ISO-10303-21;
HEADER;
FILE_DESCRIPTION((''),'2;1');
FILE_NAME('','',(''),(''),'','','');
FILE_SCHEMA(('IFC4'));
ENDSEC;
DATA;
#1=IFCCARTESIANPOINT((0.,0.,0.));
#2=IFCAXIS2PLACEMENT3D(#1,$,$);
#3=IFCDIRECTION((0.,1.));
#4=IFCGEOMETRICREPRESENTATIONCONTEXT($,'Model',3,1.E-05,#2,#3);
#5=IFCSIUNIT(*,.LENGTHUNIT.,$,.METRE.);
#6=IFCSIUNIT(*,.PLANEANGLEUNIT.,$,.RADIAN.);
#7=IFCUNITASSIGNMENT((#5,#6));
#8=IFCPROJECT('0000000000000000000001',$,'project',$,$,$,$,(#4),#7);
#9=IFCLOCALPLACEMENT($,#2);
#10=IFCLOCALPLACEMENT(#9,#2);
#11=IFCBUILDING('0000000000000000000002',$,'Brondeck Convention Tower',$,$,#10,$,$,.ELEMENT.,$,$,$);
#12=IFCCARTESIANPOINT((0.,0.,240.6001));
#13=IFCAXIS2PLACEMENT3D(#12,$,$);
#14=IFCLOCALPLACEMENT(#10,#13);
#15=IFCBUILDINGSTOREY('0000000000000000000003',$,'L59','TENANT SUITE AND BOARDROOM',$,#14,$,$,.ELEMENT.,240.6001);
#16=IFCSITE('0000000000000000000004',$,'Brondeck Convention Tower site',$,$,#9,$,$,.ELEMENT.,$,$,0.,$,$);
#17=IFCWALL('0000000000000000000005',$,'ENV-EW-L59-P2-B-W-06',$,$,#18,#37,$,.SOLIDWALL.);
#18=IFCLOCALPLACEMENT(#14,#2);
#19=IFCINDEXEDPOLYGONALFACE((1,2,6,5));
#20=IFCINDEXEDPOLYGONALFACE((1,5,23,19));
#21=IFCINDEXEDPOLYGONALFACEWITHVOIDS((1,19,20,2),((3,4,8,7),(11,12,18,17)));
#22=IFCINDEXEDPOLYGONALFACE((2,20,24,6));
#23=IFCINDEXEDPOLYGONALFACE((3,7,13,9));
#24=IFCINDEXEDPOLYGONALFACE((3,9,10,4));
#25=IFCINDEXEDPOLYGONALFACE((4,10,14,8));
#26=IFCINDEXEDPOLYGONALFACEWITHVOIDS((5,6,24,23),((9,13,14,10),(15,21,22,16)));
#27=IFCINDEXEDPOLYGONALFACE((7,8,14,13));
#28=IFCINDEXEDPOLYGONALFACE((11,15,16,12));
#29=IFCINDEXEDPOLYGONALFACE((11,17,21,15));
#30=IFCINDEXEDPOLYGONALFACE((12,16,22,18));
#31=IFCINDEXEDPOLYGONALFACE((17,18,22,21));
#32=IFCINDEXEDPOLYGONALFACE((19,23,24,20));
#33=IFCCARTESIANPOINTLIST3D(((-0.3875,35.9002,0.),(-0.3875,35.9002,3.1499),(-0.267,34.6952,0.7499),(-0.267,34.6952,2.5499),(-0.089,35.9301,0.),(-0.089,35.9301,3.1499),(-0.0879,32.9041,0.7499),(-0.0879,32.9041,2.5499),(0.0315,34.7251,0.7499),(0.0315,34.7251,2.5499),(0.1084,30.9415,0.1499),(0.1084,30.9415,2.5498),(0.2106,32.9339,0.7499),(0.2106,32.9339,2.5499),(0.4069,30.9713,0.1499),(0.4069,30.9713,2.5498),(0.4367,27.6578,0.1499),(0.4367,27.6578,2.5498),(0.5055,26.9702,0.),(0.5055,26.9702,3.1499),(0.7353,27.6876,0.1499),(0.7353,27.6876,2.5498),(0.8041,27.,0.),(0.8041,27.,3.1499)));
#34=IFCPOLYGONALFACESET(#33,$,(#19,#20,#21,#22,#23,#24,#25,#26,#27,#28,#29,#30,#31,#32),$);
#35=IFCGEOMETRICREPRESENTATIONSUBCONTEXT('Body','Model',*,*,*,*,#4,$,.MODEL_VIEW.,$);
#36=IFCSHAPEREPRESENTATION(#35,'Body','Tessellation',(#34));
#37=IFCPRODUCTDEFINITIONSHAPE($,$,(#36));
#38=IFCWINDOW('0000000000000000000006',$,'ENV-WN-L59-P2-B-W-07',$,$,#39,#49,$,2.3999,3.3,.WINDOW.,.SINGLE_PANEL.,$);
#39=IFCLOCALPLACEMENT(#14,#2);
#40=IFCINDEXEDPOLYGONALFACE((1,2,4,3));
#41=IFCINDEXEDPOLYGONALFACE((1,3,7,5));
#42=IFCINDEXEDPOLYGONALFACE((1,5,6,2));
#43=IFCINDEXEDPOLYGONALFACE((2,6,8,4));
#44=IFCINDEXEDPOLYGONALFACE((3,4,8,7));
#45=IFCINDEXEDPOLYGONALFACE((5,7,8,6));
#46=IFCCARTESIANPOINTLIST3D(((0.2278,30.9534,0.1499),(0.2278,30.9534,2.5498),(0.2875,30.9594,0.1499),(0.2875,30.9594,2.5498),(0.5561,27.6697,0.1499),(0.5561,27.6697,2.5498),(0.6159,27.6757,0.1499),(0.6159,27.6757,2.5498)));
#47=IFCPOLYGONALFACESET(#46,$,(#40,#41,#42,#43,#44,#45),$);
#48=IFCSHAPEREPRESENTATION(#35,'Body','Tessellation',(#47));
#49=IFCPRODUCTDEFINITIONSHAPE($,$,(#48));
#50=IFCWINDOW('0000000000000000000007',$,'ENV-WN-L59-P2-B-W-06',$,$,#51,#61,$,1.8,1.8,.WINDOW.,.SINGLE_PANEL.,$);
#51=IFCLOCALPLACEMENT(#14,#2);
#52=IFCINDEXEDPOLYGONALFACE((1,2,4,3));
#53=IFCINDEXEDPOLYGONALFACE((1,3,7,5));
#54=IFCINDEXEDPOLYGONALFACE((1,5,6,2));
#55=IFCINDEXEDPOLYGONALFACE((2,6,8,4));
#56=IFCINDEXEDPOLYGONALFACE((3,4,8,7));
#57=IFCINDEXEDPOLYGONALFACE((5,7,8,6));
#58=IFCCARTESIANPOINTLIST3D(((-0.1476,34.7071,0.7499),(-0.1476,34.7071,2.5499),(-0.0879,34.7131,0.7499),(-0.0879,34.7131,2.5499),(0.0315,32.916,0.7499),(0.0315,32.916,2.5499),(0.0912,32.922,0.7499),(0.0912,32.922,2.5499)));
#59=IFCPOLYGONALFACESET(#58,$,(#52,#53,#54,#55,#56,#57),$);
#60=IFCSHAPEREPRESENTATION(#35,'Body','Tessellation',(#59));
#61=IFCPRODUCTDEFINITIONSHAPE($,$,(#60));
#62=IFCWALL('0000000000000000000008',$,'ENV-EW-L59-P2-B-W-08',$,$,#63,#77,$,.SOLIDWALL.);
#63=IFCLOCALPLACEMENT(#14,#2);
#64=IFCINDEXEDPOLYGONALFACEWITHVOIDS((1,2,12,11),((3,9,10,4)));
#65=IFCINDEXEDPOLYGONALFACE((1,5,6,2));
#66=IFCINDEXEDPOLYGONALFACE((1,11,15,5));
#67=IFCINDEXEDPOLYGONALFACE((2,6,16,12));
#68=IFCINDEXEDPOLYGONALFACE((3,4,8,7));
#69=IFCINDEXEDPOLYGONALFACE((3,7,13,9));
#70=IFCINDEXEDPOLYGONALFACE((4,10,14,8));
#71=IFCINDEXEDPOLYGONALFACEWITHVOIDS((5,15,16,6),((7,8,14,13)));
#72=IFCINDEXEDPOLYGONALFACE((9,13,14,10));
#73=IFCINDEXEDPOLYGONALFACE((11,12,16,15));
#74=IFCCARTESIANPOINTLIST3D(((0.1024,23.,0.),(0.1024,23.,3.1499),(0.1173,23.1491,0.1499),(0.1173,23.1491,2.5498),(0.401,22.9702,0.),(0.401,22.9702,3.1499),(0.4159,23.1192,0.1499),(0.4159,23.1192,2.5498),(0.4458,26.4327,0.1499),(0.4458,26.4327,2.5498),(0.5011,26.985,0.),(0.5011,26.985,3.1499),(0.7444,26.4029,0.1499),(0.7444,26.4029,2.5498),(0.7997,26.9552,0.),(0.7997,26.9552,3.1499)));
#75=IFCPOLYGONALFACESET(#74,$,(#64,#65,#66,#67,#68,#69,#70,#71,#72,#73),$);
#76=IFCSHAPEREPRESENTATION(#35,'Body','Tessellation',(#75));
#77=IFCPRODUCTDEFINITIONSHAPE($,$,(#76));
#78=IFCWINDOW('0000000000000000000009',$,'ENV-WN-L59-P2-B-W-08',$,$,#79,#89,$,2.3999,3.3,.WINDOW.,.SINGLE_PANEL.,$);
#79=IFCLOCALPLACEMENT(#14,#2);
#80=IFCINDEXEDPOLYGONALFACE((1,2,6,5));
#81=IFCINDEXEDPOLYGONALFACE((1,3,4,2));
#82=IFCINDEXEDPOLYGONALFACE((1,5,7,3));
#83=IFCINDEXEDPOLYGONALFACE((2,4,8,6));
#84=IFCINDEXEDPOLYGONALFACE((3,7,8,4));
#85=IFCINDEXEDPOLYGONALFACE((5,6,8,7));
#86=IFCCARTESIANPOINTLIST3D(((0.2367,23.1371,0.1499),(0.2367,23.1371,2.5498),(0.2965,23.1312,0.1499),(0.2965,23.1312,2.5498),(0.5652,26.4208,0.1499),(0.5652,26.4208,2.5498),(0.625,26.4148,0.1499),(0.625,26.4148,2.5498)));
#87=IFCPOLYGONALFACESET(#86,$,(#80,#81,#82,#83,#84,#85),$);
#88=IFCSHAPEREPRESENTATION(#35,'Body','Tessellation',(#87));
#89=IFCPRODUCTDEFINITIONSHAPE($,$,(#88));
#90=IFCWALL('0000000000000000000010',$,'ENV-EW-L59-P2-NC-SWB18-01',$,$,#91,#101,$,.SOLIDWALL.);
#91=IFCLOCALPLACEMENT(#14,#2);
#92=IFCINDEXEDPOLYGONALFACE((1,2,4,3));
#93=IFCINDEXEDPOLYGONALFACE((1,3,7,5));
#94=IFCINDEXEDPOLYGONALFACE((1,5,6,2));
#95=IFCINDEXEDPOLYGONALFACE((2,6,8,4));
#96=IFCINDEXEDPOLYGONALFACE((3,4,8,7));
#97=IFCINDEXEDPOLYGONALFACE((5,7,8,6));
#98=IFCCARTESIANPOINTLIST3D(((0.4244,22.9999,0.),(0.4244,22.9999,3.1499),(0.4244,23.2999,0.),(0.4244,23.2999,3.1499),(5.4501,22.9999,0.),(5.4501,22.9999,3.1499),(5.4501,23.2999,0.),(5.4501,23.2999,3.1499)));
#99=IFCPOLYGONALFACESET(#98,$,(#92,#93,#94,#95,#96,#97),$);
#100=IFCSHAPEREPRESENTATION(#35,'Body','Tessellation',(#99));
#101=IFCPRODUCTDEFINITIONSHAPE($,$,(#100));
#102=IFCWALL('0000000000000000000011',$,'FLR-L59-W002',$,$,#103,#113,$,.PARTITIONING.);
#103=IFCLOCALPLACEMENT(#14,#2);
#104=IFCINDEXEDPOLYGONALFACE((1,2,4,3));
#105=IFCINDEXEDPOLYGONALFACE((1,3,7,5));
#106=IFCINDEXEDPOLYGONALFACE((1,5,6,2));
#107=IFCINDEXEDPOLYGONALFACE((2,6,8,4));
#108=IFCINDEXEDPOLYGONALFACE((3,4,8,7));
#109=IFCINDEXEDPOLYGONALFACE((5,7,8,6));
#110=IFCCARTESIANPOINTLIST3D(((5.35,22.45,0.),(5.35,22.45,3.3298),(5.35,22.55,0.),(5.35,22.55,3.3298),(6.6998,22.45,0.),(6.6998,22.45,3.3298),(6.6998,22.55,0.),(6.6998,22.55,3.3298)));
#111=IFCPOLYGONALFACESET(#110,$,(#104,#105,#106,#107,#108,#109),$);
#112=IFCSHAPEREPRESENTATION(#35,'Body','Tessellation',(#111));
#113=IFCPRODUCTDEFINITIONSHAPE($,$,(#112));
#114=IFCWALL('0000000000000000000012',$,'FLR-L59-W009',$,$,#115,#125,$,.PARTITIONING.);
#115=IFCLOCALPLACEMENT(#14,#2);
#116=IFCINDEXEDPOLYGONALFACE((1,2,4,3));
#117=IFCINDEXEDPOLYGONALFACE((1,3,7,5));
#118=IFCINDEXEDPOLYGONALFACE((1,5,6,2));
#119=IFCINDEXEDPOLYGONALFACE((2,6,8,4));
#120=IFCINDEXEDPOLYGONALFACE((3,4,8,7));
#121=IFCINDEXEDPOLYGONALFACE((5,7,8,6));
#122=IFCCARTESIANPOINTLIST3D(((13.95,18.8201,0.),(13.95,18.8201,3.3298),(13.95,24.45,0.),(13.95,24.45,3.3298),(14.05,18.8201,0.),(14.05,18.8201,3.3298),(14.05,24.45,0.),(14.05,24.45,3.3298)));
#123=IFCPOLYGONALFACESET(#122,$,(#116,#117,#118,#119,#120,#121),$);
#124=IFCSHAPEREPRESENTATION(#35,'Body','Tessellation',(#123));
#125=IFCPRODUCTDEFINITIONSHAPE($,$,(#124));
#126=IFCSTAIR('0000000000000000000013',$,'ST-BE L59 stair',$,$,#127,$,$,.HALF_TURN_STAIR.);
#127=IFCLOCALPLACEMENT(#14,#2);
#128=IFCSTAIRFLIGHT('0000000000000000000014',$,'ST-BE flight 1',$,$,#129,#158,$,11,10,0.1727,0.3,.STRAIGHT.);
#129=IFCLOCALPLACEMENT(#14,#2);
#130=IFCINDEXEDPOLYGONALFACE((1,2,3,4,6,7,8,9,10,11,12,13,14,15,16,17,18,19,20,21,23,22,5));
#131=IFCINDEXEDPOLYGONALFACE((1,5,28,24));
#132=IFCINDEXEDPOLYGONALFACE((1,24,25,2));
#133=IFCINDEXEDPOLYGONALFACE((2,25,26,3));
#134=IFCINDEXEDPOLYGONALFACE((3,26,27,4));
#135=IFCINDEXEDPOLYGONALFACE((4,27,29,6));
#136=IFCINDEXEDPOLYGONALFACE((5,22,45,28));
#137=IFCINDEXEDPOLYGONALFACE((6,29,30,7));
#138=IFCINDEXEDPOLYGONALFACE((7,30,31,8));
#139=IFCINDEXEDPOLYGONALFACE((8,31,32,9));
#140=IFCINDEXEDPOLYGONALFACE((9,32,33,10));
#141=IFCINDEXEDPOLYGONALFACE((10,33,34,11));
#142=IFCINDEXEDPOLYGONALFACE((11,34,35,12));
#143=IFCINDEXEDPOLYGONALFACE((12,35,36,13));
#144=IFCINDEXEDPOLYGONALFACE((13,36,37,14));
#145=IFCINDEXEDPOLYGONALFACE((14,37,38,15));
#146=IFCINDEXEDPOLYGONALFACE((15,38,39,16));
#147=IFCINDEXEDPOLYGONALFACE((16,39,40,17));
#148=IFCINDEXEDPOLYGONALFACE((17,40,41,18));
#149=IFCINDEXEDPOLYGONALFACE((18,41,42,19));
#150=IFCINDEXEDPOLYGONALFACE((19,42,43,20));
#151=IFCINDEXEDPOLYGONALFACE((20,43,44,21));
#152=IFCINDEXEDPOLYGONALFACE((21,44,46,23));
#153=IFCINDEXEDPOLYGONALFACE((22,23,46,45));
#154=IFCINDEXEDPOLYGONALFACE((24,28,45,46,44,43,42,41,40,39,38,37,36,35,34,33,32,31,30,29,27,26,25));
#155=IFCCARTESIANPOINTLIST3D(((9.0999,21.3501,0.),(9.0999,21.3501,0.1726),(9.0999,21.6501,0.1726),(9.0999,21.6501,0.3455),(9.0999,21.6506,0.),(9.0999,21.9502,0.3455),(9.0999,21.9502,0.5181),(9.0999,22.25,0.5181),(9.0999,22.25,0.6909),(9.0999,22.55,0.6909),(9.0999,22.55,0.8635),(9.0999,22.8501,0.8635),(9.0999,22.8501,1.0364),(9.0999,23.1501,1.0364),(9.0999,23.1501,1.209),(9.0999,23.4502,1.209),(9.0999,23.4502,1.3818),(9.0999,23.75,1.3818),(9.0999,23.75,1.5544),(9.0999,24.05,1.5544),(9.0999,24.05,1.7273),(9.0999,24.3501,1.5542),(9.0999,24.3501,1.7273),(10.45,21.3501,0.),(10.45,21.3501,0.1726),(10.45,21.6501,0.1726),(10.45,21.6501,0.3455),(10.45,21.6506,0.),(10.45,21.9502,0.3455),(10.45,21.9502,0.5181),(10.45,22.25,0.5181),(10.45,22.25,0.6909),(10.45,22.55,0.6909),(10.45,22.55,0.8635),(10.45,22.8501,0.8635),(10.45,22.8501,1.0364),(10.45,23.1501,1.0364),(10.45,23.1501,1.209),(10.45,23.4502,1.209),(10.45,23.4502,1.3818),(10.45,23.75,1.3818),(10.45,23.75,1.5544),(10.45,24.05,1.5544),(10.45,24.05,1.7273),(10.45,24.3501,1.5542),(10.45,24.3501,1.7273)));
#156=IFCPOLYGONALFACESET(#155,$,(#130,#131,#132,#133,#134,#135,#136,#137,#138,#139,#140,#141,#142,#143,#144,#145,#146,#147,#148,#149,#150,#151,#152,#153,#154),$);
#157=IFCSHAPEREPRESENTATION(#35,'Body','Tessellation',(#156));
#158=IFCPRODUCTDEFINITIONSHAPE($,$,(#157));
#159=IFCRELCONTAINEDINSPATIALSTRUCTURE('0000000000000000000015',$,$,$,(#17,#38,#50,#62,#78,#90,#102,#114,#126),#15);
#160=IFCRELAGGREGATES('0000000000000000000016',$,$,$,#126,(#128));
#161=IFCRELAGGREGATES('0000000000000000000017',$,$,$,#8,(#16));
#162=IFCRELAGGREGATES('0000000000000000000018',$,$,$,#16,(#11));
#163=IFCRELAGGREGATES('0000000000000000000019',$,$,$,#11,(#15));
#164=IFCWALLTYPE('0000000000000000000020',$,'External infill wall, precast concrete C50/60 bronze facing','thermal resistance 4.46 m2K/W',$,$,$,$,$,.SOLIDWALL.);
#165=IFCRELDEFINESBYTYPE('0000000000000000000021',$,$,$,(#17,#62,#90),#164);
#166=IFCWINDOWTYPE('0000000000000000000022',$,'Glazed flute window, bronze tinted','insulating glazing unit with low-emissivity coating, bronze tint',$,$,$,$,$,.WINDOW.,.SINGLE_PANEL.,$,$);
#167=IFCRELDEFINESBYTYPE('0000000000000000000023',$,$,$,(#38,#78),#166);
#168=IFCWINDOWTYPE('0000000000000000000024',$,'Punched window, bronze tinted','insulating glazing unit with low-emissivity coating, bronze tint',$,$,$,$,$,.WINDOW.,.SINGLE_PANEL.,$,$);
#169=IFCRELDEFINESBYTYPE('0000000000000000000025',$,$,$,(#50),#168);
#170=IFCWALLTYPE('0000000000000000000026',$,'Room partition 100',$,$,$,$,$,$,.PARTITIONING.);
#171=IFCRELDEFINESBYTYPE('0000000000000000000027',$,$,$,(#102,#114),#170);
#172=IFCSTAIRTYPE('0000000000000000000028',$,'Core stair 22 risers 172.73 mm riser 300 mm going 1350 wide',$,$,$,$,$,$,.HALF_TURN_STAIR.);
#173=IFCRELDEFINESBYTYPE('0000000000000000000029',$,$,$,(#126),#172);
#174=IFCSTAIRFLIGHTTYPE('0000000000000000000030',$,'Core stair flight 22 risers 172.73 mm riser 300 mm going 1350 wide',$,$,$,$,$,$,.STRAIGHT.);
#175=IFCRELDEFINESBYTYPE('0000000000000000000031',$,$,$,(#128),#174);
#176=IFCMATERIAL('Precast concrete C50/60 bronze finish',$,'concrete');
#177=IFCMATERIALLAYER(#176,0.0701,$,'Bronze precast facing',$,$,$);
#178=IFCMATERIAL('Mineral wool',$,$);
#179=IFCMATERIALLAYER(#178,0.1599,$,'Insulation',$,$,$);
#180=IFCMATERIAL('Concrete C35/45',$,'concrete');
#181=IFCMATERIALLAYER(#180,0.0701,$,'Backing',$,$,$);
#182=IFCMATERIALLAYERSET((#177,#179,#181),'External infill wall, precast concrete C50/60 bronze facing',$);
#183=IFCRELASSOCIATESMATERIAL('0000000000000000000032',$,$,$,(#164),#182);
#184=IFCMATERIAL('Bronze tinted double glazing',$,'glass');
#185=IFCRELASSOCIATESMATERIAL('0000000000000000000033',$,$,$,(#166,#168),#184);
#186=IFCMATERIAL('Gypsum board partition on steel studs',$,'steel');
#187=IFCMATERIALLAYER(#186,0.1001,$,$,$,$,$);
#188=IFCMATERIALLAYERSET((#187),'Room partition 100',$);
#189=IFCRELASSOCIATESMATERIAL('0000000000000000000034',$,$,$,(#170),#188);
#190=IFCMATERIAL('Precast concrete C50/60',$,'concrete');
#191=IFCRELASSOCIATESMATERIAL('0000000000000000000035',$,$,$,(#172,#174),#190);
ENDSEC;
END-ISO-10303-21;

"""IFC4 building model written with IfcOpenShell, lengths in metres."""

from ifc_helpers import new_model, si_unit, direction, frame, frame_2d, origin, place, context, subcontext, project, spatial, polyline, rectangle, outline, extrude, material, layer, layer_set, type_object, element, fill, aggregate, save


model = new_model("IFC4")

# Units and contexts
model_context = context("Model", 3, precision=1e-05, world=origin(), true_north=direction((0.0, 1.0)))
body_context = subcontext(model_context, "Body", "Model", "MODEL_VIEW")
ifc_project = project(units=[si_unit("LENGTHUNIT", "METRE"), si_unit("PLANEANGLEUNIT", "RADIAN")], contexts=[model_context])

# Site, building, storey
site_placement = place(None, origin())
site = spatial("IfcSite", under=ifc_project, at=site_placement, Name="Brondeck Convention Tower site", CompositionType="ELEMENT", RefElevation=0.0)
building_placement = place(site_placement, origin())
building = spatial("IfcBuilding", under=site, at=building_placement, Name="Brondeck Convention Tower", CompositionType="ELEMENT")
storey_placement = place(building_placement, frame((0.0, 0.0, 240.6001)))
storey = spatial("IfcBuildingStorey", under=building, at=storey_placement, Name="L59", Description="TENANT SUITE AND BOARDROOM", CompositionType="ELEMENT", Elevation=240.6001)

# Wall, openings, windows
ifc_material_1 = material(Name="Precast concrete C50/60 bronze finish", Category="concrete")
ifc_layer_1 = layer(ifc_material_1, 0.0701, Name="Bronze precast facing")
ifc_material_2 = material(Name="Mineral wool")
ifc_layer_2 = layer(ifc_material_2, 0.1599, Name="Insulation")
ifc_material_3 = material(Name="Concrete C35/45", Category="concrete")
ifc_layer_3 = layer(ifc_material_3, 0.0701, Name="Backing")
ifc_layer_set_1 = layer_set([ifc_layer_1, ifc_layer_2, ifc_layer_3], Name="External infill wall, precast concrete C50/60 bronze facing")
wall_type_1 = type_object("IfcWallType", Name="External infill wall, precast concrete C50/60 bronze facing", Description="thermal resistance 4.46 m2K/W", PredefinedType="SOLIDWALL", material=ifc_layer_set_1)
wall_1_placement = place(storey_placement, frame((0.6548, 26.9851, 0.0), z_axis=(0.0, 0.0, 1.0), x_axis=(-0.099509, 0.995037, 0.0)))
wall_1 = element("IfcWall", 1, at=wall_1_placement, inside=storey, type_object=wall_type_1, Name="ENV-EW-L59-P2-B-W-06", PredefinedType="SOLIDWALL", context=body_context, shape_type="SweptSolid", body=[
    extrude(rectangle(XDim=8.9746, YDim=0.3, at=frame_2d((4.4873, 0.0))), origin(), (0.0, 0.0, 1.0), 3.1499),
])
opening_1_placement = place(wall_1_placement, frame((0.6912, 0.0, 0.1499)))
opening_1 = element("IfcOpeningElement", 2, at=opening_1_placement, cuts=wall_1, PredefinedType="OPENING", context=body_context, shape_type="SweptSolid", body=[
    extrude(rectangle(XDim=3.3, YDim=2.3999, at=frame_2d((1.6499, 1.2))), frame((0.0, 0.1599, 0.0), z_axis=(0.0, -1.0, 0.0), x_axis=(1.0, 0.0, 0.0)), (0.0, 0.0, 1.0), 0.3201),
])
opening_2_placement = place(wall_1_placement, frame((5.9636, 0.0, 0.75)))
opening_2 = element("IfcOpeningElement", 3, at=opening_2_placement, cuts=wall_1, PredefinedType="OPENING", context=body_context, shape_type="SweptSolid", body=[
    extrude(rectangle(XDim=1.8, YDim=1.8, at=frame_2d((0.8999, 0.8999))), frame((0.0, 0.1599, 0.0), z_axis=(0.0, -1.0, 0.0), x_axis=(1.0, 0.0, 0.0)), (0.0, 0.0, 1.0), 0.3201),
])
ifc_material_4 = material(Name="Bronze tinted double glazing", Category="glass")
window_type_1 = type_object("IfcWindowType", Name="Glazed flute window, bronze tinted", Description="insulating glazing unit with low-emissivity coating, bronze tint", PartitioningType="SINGLE_PANEL", PredefinedType="WINDOW", material=ifc_material_4)
window_1_placement = place(opening_1_placement, origin())
window_1 = element("IfcWindow", 4, at=window_1_placement, inside=storey, type_object=window_type_1, Name="ENV-WN-L59-P2-B-W-07", OverallHeight=2.3999, OverallWidth=3.3, PartitioningType="SINGLE_PANEL", PredefinedType="WINDOW", context=body_context, shape_type="SweptSolid", body=[
    extrude(rectangle(XDim=3.3, YDim=2.3999, at=frame_2d((1.6499, 1.2))), frame((0.0, 0.03, 0.0), z_axis=(0.0, -1.0, 0.0), x_axis=(1.0, 0.0, 0.0)), (0.0, 0.0, 1.0), 0.0601),
])
fill(opening_1, window_1)
window_type_2 = type_object("IfcWindowType", Name="Punched window, bronze tinted", Description="insulating glazing unit with low-emissivity coating, bronze tint", PartitioningType="SINGLE_PANEL", PredefinedType="WINDOW", material=ifc_material_4)
window_2_placement = place(opening_2_placement, origin())
window_2 = element("IfcWindow", 5, at=window_2_placement, inside=storey, type_object=window_type_2, Name="ENV-WN-L59-P2-B-W-06", OverallHeight=1.8, OverallWidth=1.8, PartitioningType="SINGLE_PANEL", PredefinedType="WINDOW", context=body_context, shape_type="SweptSolid", body=[
    extrude(rectangle(XDim=1.8, YDim=1.8, at=frame_2d((0.8999, 0.8999))), frame((0.0, 0.03, 0.0), z_axis=(0.0, -1.0, 0.0), x_axis=(1.0, 0.0, 0.0)), (0.0, 0.0, 1.0), 0.0601),
])
fill(opening_2, window_2)

# Wall, opening, window
wall_2_placement = place(storey_placement, frame((0.2517, 22.9851, 0.0), z_axis=(0.0, 0.0, 1.0), x_axis=(0.099546, 0.995033, 0.0)))
wall_2 = element("IfcWall", 6, at=wall_2_placement, inside=storey, type_object=wall_type_1, Name="ENV-EW-L59-P2-B-W-08", PredefinedType="SOLIDWALL", context=body_context, shape_type="SweptSolid", body=[
    extrude(rectangle(XDim=4.0049, YDim=0.3, at=frame_2d((2.0024, 0.0))), origin(), (0.0, 0.0, 1.0), 3.1499),
])
opening_3_placement = place(wall_2_placement, frame((0.1499, 0.0, 0.1499)))
opening_3 = element("IfcOpeningElement", 7, at=opening_3_placement, cuts=wall_2, PredefinedType="OPENING", context=body_context, shape_type="SweptSolid", body=[
    extrude(rectangle(XDim=3.3, YDim=2.3999, at=frame_2d((1.6499, 1.2))), frame((0.0, 0.1599, 0.0), z_axis=(0.0, -1.0, 0.0), x_axis=(1.0, 0.0, 0.0)), (0.0, 0.0, 1.0), 0.3201),
])
window_3_placement = place(opening_3_placement, origin())
window_3 = element("IfcWindow", 8, at=window_3_placement, inside=storey, type_object=window_type_1, Name="ENV-WN-L59-P2-B-W-08", OverallHeight=2.3999, OverallWidth=3.3, PartitioningType="SINGLE_PANEL", PredefinedType="WINDOW", context=body_context, shape_type="SweptSolid", body=[
    extrude(rectangle(XDim=3.3, YDim=2.3999, at=frame_2d((1.6499, 1.2))), frame((0.0, 0.03, 0.0), z_axis=(0.0, -1.0, 0.0), x_axis=(1.0, 0.0, 0.0)), (0.0, 0.0, 1.0), 0.0601),
])
fill(opening_3, window_3)

# Walls
wall_3_placement = place(storey_placement, frame((5.45, 23.1499, 0.0), z_axis=(0.0, 0.0, 1.0), x_axis=(-1.0, 0.0, 0.0)))
element("IfcWall", 9, at=wall_3_placement, inside=storey, type_object=wall_type_1, Name="ENV-EW-L59-P2-NC-SWB18-01", PredefinedType="SOLIDWALL", context=body_context, shape_type="SweptSolid", body=[
    extrude(rectangle(XDim=5.0256, YDim=0.3, at=frame_2d((2.5127, 0.0))), origin(), (0.0, 0.0, 1.0), 3.1499),
])
ifc_material_5 = material(Name="Gypsum board partition on steel studs", Category="steel")
ifc_layer_4 = layer(ifc_material_5, 0.1001)
ifc_layer_set_2 = layer_set([ifc_layer_4], Name="Room partition 100")
wall_type_2 = type_object("IfcWallType", Name="Room partition 100", PredefinedType="PARTITIONING", material=ifc_layer_set_2)
wall_4_placement = place(storey_placement, frame((5.3501, 22.5, 0.0), z_axis=(0.0, 0.0, 1.0), x_axis=(1.0, 0.0, 0.0)))
element("IfcWall", 10, at=wall_4_placement, inside=storey, type_object=wall_type_2, Name="FLR-L59-W002", PredefinedType="PARTITIONING", context=body_context, shape_type="SweptSolid", body=[
    extrude(rectangle(XDim=1.3499, YDim=0.1001, at=frame_2d((0.6748, 0.0))), origin(), (0.0, 0.0, 1.0), 3.3298),
])
wall_5_placement = place(storey_placement, frame((14.0, 24.45, 0.0), z_axis=(0.0, 0.0, 1.0), x_axis=(0.0, -1.0, 0.0)))
element("IfcWall", 11, at=wall_5_placement, inside=storey, type_object=wall_type_2, Name="FLR-L59-W009", PredefinedType="PARTITIONING", context=body_context, shape_type="SweptSolid", body=[
    extrude(rectangle(XDim=5.6299, YDim=0.1001, at=frame_2d((2.8149, 0.0))), origin(), (0.0, 0.0, 1.0), 3.3298),
])

# Stair, stair flight
ifc_material_6 = material(Name="Precast concrete C50/60", Category="concrete")
stair_type = type_object("IfcStairType", Name="Core stair 22 risers 172.73 mm riser 300 mm going 1350 wide", PredefinedType="HALF_TURN_STAIR", material=ifc_material_6)
stair_placement = place(storey_placement, origin())
stair = element("IfcStair", 12, at=stair_placement, inside=storey, type_object=stair_type, Name="ST-BE L59 stair", PredefinedType="HALF_TURN_STAIR")
stair_flight_type = type_object("IfcStairFlightType", Name="Core stair flight 22 risers 172.73 mm riser 300 mm going 1350 wide", PredefinedType="STRAIGHT", material=ifc_material_6)
stair_flight_1_placement = place(storey_placement, frame((9.7749, 21.3501, 0.0), z_axis=(0.0, 0.0, 1.0), x_axis=(0.0, 1.0, 0.0)))
stair_flight_1 = element("IfcStairFlight", 13, at=stair_flight_1_placement, type_object=stair_flight_type, Name="ST-BE flight 1", NumberOfRisers=11, NumberOfTreads=10, PredefinedType="STRAIGHT", RiserHeight=0.1727, TreadLength=0.3, context=body_context, shape_type="SweptSolid", body=[
    extrude(outline(polyline([(0.0, 0.0), (0.0, 0.1726), (0.3, 0.1726), (0.3, 0.3455), (0.6001, 0.3455), (0.6001, 0.5181), (0.8999, 0.5181), (0.8999, 0.6909), (1.2, 0.6909), (1.2, 0.8635), (1.5, 0.8635), (1.5, 1.0364), (1.8, 1.0364), (1.8, 1.209), (2.1001, 1.209), (2.1001, 1.3818), (2.3999, 1.3818), (2.3999, 1.5544), (2.7, 1.5544), (2.7, 1.7273), (3.0, 1.7273), (3.0, 1.8999), (3.0, 1.5542), (0.3005, 0.0), (0.0, 0.0)])), frame((0.0, 0.675, 0.0), z_axis=(0.0, -1.0, 0.0), x_axis=(1.0, 0.0, 0.0)), (0.0, 0.0, 1.0), 1.3501),
])
aggregate(stair, [stair_flight_1])

save(model, "model.ifc")
